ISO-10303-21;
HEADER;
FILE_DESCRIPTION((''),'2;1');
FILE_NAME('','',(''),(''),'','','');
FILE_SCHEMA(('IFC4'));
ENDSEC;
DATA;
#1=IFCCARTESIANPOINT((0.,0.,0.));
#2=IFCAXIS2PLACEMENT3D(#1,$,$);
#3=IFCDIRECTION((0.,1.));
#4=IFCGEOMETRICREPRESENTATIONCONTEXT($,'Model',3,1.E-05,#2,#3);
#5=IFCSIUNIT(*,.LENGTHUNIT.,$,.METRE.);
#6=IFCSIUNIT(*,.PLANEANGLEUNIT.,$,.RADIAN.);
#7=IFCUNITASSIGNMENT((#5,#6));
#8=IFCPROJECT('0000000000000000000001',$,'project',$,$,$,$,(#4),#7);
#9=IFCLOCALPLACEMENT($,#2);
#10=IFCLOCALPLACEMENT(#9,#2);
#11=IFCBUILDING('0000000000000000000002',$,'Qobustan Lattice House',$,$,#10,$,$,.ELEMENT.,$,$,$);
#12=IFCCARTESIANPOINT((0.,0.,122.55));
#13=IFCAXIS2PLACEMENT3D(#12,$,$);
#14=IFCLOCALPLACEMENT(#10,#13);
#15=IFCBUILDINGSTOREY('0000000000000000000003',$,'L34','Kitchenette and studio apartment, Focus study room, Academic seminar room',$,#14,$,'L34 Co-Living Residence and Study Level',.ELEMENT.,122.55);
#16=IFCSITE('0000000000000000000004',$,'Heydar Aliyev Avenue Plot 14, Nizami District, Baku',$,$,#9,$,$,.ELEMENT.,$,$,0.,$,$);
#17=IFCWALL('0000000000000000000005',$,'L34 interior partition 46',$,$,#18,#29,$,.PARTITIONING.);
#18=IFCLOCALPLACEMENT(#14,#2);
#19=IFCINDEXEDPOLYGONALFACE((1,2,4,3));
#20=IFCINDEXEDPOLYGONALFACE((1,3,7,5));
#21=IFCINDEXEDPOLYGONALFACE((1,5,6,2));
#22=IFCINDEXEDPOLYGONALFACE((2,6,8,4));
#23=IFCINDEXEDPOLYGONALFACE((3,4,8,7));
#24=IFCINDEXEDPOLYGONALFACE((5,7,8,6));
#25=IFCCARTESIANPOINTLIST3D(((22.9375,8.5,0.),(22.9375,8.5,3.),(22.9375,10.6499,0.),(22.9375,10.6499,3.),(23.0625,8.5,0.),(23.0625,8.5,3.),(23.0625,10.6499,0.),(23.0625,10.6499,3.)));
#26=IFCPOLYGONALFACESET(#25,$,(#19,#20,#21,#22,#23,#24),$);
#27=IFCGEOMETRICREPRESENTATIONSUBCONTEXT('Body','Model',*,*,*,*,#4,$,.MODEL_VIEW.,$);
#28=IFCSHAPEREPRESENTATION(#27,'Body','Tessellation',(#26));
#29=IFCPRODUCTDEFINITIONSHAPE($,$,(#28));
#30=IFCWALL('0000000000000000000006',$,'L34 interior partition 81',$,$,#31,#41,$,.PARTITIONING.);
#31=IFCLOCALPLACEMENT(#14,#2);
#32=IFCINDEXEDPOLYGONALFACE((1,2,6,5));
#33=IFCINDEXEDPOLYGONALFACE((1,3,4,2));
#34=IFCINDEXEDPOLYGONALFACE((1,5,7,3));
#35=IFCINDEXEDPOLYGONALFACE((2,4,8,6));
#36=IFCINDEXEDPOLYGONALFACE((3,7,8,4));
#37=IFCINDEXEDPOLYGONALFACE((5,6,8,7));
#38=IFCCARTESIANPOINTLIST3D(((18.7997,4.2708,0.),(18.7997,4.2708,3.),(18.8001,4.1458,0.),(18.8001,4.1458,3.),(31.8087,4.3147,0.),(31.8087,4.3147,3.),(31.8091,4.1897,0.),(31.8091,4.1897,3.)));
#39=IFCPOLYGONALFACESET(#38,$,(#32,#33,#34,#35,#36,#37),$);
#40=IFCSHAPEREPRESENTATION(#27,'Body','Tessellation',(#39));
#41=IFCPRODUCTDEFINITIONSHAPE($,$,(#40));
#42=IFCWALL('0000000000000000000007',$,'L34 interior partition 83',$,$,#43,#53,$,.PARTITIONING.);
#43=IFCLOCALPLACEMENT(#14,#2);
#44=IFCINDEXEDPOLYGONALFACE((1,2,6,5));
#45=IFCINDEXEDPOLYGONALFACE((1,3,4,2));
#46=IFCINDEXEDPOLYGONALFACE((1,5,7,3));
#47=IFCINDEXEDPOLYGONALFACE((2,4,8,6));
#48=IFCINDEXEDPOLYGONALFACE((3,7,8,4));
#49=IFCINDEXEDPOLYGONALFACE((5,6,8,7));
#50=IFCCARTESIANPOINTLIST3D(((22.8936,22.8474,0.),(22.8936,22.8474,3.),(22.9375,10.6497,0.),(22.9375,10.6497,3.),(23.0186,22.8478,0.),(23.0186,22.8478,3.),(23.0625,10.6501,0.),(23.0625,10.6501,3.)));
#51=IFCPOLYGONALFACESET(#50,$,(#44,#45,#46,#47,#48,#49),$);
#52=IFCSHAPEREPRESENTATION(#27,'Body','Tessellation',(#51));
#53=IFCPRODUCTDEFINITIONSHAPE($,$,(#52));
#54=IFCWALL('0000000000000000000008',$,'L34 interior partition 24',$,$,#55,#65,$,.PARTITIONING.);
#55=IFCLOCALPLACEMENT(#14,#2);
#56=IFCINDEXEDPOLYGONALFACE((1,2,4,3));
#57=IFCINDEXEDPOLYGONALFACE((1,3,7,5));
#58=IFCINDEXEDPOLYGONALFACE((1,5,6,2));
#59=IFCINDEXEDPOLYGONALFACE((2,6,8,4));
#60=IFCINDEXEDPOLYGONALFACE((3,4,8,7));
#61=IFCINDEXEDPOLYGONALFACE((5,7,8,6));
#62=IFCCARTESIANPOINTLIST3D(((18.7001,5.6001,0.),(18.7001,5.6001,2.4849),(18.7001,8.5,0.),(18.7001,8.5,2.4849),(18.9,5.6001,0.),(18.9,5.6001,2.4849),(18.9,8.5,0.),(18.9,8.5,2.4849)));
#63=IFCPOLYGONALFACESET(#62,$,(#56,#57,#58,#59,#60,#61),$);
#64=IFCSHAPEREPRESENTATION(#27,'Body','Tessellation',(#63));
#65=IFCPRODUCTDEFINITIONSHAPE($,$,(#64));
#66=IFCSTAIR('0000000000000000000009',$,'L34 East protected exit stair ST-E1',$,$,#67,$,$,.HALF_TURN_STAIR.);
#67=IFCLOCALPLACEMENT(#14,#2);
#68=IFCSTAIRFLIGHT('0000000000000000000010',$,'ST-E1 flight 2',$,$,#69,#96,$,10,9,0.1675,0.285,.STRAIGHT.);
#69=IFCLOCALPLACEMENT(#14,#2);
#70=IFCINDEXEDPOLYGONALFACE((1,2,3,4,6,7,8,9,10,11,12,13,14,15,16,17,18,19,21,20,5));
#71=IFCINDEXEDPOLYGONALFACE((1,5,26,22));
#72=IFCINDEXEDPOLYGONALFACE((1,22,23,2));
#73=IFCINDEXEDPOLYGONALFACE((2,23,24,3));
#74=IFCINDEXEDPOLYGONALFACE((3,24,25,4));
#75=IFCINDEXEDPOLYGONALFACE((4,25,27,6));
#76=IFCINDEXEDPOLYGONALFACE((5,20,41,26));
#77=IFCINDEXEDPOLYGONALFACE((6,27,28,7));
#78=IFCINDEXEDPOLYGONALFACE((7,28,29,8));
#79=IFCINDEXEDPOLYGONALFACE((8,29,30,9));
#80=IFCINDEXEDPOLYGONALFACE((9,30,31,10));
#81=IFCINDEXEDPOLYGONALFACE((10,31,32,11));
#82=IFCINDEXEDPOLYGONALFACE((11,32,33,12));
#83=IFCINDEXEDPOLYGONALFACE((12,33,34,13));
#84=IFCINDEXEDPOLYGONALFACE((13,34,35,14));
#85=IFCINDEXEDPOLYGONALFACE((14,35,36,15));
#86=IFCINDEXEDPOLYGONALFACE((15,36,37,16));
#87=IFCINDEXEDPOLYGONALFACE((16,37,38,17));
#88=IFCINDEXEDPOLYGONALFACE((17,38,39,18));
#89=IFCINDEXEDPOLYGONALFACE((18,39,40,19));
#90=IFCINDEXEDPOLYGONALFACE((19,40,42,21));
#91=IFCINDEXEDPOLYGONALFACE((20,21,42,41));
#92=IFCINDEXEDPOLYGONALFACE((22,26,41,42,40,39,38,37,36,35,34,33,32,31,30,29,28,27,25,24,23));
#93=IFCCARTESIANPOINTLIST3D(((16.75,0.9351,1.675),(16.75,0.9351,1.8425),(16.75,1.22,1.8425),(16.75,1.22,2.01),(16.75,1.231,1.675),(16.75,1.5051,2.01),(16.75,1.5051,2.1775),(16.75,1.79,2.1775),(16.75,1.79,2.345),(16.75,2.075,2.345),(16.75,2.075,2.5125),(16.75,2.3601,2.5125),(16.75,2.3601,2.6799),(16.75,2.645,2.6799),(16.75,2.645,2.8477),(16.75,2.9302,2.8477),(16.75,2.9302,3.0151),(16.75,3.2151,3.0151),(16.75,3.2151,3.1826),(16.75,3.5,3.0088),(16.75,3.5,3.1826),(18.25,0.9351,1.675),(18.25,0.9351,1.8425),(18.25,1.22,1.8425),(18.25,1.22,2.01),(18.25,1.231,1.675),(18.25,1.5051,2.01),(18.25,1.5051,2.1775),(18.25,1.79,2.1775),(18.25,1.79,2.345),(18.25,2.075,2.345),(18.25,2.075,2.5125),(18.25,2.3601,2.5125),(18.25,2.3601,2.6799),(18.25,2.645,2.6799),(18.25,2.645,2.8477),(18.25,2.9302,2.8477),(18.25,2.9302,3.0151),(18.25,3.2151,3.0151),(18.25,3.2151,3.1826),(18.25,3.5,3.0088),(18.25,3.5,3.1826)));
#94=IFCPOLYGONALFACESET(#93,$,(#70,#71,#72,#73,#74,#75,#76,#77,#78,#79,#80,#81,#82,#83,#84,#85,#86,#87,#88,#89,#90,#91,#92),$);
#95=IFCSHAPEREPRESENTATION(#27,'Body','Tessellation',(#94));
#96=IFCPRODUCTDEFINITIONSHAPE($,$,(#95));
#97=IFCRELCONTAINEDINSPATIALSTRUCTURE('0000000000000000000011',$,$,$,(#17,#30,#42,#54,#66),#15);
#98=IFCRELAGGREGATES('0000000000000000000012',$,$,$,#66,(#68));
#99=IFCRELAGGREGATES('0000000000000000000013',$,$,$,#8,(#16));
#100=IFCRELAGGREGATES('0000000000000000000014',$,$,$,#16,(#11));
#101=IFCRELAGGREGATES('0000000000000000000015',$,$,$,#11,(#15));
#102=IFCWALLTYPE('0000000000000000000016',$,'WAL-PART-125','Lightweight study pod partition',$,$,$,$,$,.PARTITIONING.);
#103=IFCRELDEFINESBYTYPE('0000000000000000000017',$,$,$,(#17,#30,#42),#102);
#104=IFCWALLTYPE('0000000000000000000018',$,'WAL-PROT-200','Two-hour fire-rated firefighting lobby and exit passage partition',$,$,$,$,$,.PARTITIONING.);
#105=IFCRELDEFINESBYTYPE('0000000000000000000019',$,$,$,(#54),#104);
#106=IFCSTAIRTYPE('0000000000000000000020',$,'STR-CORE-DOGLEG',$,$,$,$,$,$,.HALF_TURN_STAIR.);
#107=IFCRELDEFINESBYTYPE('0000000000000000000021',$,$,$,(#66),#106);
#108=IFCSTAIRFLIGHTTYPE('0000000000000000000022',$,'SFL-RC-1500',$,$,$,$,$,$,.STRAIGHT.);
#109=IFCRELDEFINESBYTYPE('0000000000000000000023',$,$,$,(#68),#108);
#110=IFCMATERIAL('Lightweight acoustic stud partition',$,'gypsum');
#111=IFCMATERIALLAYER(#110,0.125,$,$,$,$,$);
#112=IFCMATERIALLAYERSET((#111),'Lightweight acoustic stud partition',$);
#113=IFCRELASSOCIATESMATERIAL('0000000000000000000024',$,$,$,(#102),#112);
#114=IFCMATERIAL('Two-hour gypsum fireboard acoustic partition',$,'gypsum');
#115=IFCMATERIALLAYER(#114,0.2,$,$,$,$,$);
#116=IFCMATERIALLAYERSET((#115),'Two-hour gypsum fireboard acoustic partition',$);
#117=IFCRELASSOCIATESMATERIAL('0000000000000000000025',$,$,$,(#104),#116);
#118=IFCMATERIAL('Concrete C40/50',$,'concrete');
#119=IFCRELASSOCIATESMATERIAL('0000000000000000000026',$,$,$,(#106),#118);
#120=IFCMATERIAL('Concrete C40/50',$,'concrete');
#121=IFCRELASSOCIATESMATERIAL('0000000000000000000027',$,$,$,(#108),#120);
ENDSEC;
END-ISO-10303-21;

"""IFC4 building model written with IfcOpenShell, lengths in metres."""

from ifc_helpers import new_model, si_unit, direction, frame, frame_2d, origin, place, context, subcontext, project, spatial, polyline, rectangle, outline, extrude, material, layer, layer_set, type_object, element, aggregate, save


model = new_model("IFC4")

# Units and contexts
model_context = context("Model", 3, precision=1e-05, world=origin(), true_north=direction((0.0, 1.0)))
body_context = subcontext(model_context, "Body", "Model", "MODEL_VIEW")
ifc_project = project(units=[si_unit("LENGTHUNIT", "METRE"), si_unit("PLANEANGLEUNIT", "RADIAN")], contexts=[model_context])

# Site, building, storey
site_placement = place(None, origin())
site = spatial("IfcSite", under=ifc_project, at=site_placement, Name="Heydar Aliyev Avenue Plot 14, Nizami District, Baku", CompositionType="ELEMENT", RefElevation=0.0)
building_placement = place(site_placement, origin())
building = spatial("IfcBuilding", under=site, at=building_placement, Name="Qobustan Lattice House", CompositionType="ELEMENT")
storey_placement = place(building_placement, frame((0.0, 0.0, 122.55)))
storey = spatial("IfcBuildingStorey", under=building, at=storey_placement, Name="L34", Description="Kitchenette and studio apartment, Focus study room, Academic seminar room", LongName="L34 Co-Living Residence and Study Level", CompositionType="ELEMENT", Elevation=122.55)

# Shared definitions
ifc_material_1 = material(Name="Lightweight acoustic stud partition", Category="gypsum")
ifc_layer_1 = layer(ifc_material_1, 0.125)
ifc_layer_set_1 = layer_set([ifc_layer_1], Name="Lightweight acoustic stud partition")
wall_type_1 = type_object("IfcWallType", Name="WAL-PART-125", Description="Lightweight study pod partition", PredefinedType="PARTITIONING", material=ifc_layer_set_1)

# Walls
wall_1_placement = place(storey_placement, frame((23.0, 10.6499, 0.0), z_axis=(0.0, 0.0, 1.0), x_axis=(0.0, -1.0, 0.0)))
element("IfcWall", 1, at=wall_1_placement, inside=storey, type_object=wall_type_1, Name="L34 interior partition 46", PredefinedType="PARTITIONING", context=body_context, shape_type="SweptSolid", body=[
    extrude(rectangle(XDim=2.1499, YDim=0.125, at=frame_2d((1.075, 0.0))), origin(), (0.0, 0.0, 1.0), 3.0),
])
wall_2_placement = place(storey_placement, frame((18.8, 4.2083, 0.0), z_axis=(0.0, 0.0, 1.0), x_axis=(0.999994, 0.003378, 0.0)))
element("IfcWall", 2, at=wall_2_placement, inside=storey, type_object=wall_type_1, Name="L34 interior partition 81", PredefinedType="PARTITIONING", context=body_context, shape_type="SweptSolid", body=[
    extrude(rectangle(XDim=13.009, YDim=0.125, at=frame_2d((6.5044, 0.0))), origin(), (0.0, 0.0, 1.0), 3.0),
])
wall_3_placement = place(storey_placement, frame((23.0, 10.6499, 0.0), z_axis=(0.0, 0.0, 1.0), x_axis=(-0.003603, 0.999994, 0.0)))
element("IfcWall", 3, at=wall_3_placement, inside=storey, type_object=wall_type_1, Name="L34 interior partition 83", PredefinedType="PARTITIONING", context=body_context, shape_type="SweptSolid", body=[
    extrude(rectangle(XDim=12.1978, YDim=0.125, at=frame_2d((6.0989, 0.0))), origin(), (0.0, 0.0, 1.0), 3.0),
])

# Shared definitions
ifc_material_2 = material(Name="Two-hour gypsum fireboard acoustic partition", Category="gypsum")
ifc_layer_2 = layer(ifc_material_2, 0.2)
ifc_layer_set_2 = layer_set([ifc_layer_2], Name="Two-hour gypsum fireboard acoustic partition")
wall_type_2 = type_object("IfcWallType", Name="WAL-PROT-200", Description="Two-hour fire-rated firefighting lobby and exit passage partition", PredefinedType="PARTITIONING", material=ifc_layer_set_2)

# Wall
wall_4_placement = place(storey_placement, frame((18.8, 5.6001, 0.0), z_axis=(0.0, 0.0, 1.0), x_axis=(0.0, 1.0, 0.0)))
element("IfcWall", 4, at=wall_4_placement, inside=storey, type_object=wall_type_2, Name="L34 interior partition 24", PredefinedType="PARTITIONING", context=body_context, shape_type="SweptSolid", body=[
    extrude(rectangle(XDim=2.8999, YDim=0.2, at=frame_2d((1.45, 0.0))), origin(), (0.0, 0.0, 1.0), 2.4849),
])

# Stair, stair flight
ifc_material_3 = material(Name="Concrete C40/50", Category="concrete")
stair_type = type_object("IfcStairType", Name="STR-CORE-DOGLEG", PredefinedType="HALF_TURN_STAIR", material=ifc_material_3)
stair_placement = place(storey_placement, origin())
stair = element("IfcStair", 5, at=stair_placement, inside=storey, type_object=stair_type, Name="L34 East protected exit stair ST-E1", PredefinedType="HALF_TURN_STAIR")
ifc_material_4 = material(Name="Concrete C40/50", Category="concrete")
stair_flight_type = type_object("IfcStairFlightType", Name="SFL-RC-1500", PredefinedType="STRAIGHT", material=ifc_material_4)
stair_flight_placement = place(storey_placement, frame((17.5, 0.9351, 1.675), z_axis=(0.0, 0.0, 1.0), x_axis=(0.0, 1.0, 0.0)))
stair_flight = element("IfcStairFlight", 6, at=stair_flight_placement, type_object=stair_flight_type, Name="ST-E1 flight 2", NumberOfRisers=10, NumberOfTreads=9, PredefinedType="STRAIGHT", RiserHeight=0.1675, TreadLength=0.285, context=body_context, shape_type="SweptSolid", body=[
    extrude(outline(polyline([(0.0, 0.0), (0.0, 0.1675), (0.2849, 0.1675), (0.2849, 0.335), (0.5701, 0.335), (0.5701, 0.5024), (0.855, 0.5024), (0.855, 0.6699), (1.1399, 0.6699), (1.1399, 0.8374), (1.425, 0.8374), (1.425, 1.0049), (1.71, 1.0049), (1.71, 1.1726), (1.9951, 1.1726), (1.9951, 1.3401), (2.28, 1.3401), (2.28, 1.5076), (2.5649, 1.5076), (2.5649, 1.675), (2.5649, 1.3337), (0.2959, 0.0), (0.0, 0.0)])), frame((0.0, 0.75, 0.0), z_axis=(0.0, -1.0, 0.0), x_axis=(1.0, 0.0, 0.0)), (0.0, 0.0, 1.0), 1.5),
])
aggregate(stair, [stair_flight])

save(model, "model.ifc")
